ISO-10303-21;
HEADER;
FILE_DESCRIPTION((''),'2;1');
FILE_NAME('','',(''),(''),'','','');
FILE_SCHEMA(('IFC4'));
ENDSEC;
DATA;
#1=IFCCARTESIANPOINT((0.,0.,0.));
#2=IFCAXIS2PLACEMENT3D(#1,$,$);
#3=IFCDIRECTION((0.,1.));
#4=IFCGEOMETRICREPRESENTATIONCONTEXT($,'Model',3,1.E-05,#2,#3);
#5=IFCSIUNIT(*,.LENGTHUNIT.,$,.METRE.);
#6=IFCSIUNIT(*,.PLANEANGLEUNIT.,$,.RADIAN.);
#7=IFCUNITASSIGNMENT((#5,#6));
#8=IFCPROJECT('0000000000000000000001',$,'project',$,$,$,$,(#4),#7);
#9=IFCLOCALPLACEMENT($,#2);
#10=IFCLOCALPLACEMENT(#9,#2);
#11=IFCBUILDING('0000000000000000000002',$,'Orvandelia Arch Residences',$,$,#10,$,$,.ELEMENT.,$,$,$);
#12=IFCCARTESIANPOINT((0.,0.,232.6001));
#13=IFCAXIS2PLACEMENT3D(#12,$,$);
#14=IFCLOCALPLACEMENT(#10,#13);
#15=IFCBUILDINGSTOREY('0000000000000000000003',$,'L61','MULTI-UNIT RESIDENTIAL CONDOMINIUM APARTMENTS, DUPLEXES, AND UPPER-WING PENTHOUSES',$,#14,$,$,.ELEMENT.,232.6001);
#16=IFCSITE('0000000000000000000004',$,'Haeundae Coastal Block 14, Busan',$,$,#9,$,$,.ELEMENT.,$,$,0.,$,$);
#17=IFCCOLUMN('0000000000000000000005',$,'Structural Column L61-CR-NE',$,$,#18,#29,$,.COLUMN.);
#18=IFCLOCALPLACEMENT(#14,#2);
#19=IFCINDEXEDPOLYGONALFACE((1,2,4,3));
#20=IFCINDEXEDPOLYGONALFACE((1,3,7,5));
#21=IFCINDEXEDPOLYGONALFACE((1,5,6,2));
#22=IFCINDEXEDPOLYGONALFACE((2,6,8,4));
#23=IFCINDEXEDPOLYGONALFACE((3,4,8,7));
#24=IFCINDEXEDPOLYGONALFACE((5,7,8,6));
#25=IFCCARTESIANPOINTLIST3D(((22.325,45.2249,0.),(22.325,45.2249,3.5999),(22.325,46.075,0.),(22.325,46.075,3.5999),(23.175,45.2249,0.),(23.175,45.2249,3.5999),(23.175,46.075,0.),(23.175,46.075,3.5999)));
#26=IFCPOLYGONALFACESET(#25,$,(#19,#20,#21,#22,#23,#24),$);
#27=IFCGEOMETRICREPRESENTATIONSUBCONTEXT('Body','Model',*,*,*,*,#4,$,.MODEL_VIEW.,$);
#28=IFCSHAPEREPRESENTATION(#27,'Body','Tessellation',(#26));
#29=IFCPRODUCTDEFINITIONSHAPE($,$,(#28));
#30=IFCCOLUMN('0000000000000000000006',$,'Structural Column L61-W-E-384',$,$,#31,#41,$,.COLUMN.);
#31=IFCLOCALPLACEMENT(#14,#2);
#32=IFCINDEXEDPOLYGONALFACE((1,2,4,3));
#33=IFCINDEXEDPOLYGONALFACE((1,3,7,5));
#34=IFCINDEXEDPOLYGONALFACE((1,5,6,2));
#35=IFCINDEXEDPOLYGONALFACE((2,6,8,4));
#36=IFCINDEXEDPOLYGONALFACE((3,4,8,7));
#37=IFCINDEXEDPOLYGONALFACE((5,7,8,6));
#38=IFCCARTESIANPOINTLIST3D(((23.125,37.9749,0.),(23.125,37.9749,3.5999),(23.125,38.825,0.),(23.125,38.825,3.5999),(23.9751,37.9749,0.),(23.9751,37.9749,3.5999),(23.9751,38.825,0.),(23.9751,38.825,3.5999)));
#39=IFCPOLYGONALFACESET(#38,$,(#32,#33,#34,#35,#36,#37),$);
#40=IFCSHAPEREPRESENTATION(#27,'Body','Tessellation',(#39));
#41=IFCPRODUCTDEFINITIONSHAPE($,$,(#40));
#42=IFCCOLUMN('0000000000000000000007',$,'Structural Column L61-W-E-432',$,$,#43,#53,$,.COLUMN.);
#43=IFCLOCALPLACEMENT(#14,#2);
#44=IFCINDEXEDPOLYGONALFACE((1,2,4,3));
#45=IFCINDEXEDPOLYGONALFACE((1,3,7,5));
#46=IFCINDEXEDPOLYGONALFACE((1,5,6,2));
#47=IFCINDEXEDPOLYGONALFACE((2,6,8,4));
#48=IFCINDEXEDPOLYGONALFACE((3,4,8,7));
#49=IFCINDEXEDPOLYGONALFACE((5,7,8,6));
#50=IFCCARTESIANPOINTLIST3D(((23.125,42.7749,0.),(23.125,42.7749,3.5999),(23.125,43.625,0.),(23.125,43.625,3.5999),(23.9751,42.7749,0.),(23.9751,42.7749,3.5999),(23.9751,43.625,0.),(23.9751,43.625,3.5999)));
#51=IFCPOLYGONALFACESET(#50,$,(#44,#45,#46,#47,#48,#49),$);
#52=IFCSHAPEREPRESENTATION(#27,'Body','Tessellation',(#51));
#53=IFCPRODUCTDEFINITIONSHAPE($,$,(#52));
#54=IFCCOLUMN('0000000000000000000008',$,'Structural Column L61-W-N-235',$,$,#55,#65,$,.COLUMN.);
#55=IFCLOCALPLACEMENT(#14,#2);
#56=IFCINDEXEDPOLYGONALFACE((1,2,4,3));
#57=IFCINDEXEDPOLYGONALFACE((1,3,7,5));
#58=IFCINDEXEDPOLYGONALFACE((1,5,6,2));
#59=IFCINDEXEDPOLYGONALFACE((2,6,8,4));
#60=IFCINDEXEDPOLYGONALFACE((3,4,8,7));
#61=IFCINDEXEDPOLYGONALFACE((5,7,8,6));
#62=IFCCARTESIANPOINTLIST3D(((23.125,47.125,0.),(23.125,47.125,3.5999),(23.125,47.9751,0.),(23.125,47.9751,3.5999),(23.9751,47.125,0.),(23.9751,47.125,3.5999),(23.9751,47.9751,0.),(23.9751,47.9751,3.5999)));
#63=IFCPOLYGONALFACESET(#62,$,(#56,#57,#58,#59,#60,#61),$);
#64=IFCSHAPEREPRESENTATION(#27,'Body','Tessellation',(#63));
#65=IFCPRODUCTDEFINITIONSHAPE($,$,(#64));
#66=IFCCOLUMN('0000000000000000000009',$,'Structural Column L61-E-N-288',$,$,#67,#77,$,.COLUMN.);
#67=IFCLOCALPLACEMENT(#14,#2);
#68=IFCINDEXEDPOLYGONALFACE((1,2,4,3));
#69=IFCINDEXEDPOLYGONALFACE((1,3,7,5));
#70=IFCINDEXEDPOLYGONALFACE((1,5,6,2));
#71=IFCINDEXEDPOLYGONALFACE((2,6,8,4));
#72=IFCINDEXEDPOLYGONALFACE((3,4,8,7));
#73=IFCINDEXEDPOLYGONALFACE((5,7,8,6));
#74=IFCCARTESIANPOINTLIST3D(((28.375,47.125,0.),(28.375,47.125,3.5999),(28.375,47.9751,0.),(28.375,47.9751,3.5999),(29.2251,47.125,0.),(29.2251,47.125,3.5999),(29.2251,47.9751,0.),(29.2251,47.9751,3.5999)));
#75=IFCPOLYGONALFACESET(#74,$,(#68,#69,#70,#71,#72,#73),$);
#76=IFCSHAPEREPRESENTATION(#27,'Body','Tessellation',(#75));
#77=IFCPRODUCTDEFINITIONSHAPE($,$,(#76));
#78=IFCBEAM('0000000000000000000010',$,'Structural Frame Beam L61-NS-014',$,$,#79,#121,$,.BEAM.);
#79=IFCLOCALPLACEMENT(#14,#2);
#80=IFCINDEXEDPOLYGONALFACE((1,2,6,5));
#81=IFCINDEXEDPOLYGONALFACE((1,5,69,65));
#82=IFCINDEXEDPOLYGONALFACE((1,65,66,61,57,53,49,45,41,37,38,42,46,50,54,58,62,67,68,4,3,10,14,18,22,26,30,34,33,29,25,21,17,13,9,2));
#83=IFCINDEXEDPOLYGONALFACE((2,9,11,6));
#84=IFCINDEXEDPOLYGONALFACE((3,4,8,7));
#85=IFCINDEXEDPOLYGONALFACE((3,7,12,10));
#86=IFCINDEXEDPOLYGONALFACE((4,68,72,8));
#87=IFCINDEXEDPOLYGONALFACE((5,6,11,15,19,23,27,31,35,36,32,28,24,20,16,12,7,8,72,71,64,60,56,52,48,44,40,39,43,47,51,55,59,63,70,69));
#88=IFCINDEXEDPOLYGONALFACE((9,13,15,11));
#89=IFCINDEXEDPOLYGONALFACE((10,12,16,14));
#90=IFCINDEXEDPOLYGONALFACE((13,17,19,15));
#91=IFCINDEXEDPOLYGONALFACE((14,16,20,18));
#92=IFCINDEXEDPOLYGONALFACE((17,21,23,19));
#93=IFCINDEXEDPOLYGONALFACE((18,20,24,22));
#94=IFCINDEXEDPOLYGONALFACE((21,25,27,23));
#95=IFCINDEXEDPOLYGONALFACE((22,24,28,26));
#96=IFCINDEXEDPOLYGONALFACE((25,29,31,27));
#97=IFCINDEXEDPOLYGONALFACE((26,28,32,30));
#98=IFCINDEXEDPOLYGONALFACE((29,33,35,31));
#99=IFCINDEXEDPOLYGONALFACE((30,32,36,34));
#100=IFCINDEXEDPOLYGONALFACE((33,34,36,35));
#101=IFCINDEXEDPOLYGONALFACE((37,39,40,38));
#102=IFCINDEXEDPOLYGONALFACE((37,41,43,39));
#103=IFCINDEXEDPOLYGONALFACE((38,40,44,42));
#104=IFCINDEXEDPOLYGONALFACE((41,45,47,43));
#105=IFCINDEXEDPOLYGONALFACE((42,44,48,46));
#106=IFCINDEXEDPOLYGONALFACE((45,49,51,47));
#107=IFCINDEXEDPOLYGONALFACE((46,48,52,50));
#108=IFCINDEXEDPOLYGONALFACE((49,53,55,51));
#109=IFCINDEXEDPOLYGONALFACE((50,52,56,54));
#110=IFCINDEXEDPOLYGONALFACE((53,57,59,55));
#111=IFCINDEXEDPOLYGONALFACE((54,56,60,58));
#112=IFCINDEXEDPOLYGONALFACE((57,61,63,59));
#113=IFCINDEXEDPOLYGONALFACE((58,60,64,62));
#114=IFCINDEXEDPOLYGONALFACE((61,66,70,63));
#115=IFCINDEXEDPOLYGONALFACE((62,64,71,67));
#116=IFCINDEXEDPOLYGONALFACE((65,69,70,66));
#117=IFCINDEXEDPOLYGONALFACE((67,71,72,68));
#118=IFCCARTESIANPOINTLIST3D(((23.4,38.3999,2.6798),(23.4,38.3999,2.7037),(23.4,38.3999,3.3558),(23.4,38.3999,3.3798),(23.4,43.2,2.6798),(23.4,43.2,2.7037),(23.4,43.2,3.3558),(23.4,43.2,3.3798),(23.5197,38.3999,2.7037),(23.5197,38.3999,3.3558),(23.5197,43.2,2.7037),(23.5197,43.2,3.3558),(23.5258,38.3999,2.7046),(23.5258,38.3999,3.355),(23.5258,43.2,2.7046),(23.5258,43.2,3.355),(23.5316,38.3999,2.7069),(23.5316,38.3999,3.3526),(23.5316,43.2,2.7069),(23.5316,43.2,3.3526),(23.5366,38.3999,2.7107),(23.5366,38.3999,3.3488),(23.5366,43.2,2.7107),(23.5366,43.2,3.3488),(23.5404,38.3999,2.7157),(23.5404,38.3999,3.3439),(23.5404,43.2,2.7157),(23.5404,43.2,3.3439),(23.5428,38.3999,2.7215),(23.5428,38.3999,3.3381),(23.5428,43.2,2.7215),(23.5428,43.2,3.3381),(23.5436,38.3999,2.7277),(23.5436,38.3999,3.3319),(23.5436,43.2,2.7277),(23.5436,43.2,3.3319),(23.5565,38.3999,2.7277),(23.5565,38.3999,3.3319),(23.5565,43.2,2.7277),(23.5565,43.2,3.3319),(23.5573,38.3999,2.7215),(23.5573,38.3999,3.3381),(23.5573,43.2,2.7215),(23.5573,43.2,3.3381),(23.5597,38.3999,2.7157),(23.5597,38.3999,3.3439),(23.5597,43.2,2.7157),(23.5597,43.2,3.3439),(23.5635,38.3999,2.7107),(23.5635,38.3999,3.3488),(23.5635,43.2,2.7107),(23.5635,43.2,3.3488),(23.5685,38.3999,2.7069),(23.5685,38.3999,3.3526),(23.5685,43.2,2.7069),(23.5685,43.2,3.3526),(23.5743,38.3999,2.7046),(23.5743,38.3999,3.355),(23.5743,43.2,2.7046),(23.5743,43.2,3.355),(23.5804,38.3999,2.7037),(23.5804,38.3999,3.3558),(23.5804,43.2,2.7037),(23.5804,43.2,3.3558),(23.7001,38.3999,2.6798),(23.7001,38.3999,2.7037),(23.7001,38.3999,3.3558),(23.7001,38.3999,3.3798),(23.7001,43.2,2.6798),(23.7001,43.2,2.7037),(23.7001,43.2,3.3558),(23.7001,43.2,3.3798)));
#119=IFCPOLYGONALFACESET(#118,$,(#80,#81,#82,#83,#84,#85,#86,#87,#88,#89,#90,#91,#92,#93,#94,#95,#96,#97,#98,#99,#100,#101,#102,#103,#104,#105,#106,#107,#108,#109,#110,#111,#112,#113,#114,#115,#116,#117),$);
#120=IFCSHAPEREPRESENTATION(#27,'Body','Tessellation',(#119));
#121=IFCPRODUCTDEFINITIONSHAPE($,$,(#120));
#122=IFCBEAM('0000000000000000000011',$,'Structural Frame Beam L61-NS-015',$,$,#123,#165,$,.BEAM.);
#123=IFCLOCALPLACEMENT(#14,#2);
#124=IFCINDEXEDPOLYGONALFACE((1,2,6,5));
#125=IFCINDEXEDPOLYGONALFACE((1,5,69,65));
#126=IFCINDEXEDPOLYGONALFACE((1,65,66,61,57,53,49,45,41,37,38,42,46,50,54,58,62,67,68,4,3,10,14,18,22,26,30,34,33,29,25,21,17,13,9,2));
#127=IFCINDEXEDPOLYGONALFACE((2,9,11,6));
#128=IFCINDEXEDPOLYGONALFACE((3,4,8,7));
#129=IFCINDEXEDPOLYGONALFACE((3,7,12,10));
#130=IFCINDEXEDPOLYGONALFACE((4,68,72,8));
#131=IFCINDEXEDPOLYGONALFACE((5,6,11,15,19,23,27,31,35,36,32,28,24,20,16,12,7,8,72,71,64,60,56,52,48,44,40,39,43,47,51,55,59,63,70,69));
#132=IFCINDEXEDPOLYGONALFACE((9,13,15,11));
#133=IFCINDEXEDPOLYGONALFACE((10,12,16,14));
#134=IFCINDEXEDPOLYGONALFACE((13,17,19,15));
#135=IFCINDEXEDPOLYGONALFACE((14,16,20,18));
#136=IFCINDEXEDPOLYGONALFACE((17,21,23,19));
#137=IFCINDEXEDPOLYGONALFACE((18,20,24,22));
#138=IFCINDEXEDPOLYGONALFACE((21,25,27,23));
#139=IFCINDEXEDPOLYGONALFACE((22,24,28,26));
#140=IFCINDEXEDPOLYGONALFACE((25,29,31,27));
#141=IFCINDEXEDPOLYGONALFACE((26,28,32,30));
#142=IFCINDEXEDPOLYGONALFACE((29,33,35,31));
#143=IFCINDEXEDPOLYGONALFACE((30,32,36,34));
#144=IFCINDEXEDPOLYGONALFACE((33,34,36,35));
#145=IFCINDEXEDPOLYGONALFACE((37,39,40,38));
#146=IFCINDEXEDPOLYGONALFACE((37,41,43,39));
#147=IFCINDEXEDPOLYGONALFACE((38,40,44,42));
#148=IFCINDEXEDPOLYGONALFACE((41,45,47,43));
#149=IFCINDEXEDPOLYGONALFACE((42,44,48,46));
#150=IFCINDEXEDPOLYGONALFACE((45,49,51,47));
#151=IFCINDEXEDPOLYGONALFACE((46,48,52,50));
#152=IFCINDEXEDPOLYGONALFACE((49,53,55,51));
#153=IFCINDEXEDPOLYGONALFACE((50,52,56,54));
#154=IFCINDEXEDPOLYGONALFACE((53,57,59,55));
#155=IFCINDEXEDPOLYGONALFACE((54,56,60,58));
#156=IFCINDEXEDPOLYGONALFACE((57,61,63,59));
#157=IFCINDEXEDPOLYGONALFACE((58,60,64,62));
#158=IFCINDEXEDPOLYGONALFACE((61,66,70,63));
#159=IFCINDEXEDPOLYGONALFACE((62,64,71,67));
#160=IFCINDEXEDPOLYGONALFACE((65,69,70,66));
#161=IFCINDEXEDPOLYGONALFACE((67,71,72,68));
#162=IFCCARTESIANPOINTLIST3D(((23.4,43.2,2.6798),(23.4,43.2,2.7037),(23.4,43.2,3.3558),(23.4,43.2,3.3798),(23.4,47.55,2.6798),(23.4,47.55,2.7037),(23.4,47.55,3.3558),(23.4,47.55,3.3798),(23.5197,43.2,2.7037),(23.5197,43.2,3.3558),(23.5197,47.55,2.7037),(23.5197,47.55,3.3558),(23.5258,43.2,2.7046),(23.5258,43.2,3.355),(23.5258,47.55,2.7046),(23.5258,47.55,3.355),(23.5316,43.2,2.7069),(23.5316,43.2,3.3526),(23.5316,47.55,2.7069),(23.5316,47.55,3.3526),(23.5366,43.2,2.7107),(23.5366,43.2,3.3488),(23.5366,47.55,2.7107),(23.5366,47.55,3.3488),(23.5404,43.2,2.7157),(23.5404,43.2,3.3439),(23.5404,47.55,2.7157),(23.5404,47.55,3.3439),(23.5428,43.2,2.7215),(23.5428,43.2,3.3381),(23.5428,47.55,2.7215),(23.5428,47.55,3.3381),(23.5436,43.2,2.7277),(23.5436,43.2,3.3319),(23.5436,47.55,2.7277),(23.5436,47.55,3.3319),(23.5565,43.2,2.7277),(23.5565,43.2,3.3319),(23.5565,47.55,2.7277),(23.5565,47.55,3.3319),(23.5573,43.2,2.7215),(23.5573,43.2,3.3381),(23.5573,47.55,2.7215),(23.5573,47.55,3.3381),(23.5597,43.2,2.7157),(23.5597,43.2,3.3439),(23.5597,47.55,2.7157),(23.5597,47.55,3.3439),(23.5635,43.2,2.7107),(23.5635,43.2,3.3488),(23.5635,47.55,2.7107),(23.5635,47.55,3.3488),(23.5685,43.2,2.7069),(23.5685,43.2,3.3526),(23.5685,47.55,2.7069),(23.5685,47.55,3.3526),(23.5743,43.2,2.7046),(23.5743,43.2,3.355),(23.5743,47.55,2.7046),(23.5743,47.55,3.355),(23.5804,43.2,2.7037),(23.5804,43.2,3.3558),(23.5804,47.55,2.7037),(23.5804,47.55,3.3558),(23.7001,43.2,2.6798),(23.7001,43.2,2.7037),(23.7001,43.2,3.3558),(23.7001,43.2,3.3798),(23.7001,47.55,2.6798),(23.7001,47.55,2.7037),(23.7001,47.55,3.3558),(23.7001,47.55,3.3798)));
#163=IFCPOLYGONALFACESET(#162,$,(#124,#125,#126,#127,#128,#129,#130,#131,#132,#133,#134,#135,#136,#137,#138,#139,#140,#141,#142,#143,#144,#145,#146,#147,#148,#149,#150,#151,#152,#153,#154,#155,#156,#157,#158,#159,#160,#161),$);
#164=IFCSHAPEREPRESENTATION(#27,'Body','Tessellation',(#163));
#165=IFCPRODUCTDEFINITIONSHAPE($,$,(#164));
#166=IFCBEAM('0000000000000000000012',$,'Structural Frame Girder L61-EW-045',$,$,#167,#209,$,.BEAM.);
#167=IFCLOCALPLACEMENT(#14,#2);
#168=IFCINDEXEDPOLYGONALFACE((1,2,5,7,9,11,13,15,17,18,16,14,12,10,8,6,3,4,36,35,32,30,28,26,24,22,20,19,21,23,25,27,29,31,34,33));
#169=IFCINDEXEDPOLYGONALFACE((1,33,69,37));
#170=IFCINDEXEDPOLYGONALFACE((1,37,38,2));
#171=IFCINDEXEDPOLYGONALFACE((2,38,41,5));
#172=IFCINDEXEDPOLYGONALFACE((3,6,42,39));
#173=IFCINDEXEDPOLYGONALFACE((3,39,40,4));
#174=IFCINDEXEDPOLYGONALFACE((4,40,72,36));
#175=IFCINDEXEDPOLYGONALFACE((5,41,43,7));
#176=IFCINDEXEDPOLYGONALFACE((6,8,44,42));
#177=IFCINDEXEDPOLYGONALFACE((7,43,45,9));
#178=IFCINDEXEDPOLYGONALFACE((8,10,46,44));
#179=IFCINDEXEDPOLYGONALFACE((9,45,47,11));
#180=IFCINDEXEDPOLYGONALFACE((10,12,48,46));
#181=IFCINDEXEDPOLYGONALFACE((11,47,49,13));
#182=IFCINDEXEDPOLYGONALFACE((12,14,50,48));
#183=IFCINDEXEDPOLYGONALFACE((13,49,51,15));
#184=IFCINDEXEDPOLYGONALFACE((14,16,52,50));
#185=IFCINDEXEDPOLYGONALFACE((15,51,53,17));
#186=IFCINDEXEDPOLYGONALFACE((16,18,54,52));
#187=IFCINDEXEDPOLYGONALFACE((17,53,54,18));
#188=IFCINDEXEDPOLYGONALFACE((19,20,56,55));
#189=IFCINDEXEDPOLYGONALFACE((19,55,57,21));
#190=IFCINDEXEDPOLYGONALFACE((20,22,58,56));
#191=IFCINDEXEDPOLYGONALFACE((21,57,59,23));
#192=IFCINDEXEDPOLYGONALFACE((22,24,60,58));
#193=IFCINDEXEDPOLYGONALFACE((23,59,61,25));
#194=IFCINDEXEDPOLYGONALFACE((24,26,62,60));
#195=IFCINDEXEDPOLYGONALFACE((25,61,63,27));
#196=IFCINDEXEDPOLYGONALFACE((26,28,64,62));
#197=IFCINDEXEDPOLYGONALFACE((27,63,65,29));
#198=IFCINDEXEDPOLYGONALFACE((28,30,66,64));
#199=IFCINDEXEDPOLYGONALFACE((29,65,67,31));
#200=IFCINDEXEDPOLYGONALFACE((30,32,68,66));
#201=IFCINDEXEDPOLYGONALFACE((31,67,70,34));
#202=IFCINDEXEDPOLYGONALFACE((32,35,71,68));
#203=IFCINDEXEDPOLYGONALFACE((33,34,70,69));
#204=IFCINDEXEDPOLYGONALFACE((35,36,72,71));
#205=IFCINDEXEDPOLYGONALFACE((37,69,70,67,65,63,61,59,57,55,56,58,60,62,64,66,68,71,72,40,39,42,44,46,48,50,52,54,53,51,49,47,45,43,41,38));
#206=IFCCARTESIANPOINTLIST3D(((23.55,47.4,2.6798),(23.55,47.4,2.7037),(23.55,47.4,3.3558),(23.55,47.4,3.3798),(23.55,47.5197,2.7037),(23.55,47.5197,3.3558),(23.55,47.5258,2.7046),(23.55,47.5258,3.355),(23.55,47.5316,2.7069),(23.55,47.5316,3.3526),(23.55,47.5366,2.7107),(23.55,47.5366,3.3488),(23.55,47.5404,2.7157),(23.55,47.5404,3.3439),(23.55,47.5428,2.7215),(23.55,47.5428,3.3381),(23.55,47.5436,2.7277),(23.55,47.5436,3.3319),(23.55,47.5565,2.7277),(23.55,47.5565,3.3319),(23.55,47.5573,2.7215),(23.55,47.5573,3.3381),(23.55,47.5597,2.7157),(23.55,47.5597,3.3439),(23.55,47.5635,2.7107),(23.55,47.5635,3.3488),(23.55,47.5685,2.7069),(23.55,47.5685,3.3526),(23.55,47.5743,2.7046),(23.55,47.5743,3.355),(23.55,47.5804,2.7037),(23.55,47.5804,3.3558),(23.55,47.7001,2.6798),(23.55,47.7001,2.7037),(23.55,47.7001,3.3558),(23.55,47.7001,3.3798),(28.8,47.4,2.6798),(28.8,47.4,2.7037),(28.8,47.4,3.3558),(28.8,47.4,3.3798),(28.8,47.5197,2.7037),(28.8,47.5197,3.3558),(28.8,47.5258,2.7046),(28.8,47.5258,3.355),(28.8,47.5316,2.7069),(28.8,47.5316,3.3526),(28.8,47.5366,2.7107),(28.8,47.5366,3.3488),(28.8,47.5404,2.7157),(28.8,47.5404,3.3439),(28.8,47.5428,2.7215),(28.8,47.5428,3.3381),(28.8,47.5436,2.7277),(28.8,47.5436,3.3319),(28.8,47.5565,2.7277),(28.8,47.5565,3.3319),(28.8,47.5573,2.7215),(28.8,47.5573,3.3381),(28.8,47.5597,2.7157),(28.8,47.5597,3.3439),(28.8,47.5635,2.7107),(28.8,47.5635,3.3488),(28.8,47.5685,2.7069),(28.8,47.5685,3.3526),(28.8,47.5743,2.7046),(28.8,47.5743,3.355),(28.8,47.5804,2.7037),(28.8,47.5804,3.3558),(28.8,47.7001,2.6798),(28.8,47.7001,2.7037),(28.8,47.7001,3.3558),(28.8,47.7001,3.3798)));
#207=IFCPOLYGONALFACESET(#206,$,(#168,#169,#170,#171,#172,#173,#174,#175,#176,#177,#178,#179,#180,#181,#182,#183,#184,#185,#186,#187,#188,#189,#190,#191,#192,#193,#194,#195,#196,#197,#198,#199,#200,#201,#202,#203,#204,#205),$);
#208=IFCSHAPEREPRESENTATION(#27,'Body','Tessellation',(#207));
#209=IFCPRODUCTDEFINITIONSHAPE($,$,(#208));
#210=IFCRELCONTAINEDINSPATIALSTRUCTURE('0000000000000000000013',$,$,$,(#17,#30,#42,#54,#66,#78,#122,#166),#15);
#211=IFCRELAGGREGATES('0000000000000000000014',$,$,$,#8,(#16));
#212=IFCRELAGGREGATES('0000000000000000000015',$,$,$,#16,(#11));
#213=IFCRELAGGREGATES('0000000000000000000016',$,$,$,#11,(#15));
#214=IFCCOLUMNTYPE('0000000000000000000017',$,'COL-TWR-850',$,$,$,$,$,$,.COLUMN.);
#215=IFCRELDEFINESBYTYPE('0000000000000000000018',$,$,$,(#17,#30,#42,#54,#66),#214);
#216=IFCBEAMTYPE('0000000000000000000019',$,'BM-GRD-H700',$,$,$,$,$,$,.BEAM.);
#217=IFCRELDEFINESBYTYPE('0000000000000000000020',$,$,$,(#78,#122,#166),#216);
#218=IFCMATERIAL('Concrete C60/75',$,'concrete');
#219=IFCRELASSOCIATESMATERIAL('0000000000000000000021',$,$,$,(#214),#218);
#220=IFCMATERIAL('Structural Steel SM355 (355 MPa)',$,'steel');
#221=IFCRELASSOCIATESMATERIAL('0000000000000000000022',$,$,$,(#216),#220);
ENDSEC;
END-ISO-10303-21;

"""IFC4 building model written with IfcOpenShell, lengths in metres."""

from ifc_helpers import new_model, si_unit, direction, frame, origin, origin_2d, place, context, subcontext, project, spatial, rectangle, i_section, extrude, material, material_profile, profile_set, type_object, element, save


model = new_model("IFC4")

# Units and contexts
model_context = context("Model", 3, precision=1e-05, world=origin(), true_north=direction((0.0, 1.0)))
body_context = subcontext(model_context, "Body", "Model", "MODEL_VIEW")
ifc_project = project(units=[si_unit("LENGTHUNIT", "METRE"), si_unit("PLANEANGLEUNIT", "RADIAN")], contexts=[model_context])

# Site, building, storey
site_placement = place(None, origin())
site = spatial("IfcSite", under=ifc_project, at=site_placement, Name="Haeundae Coastal Block 14, Busan", CompositionType="ELEMENT", RefElevation=0.0)
building_placement = place(site_placement, origin())
building = spatial("IfcBuilding", under=site, at=building_placement, Name="Orvandelia Arch Residences", CompositionType="ELEMENT")
storey_placement = place(building_placement, frame((0.0, 0.0, 232.6001)))
storey = spatial("IfcBuildingStorey", under=building, at=storey_placement, Name="L61", Description="MULTI-UNIT RESIDENTIAL CONDOMINIUM APARTMENTS, DUPLEXES, AND UPPER-WING PENTHOUSES", CompositionType="ELEMENT", Elevation=232.6001)

# Columns
ifc_material_1 = material(Name="Concrete C60/75", Category="concrete")
ifc_material_profile_1 = material_profile(ifc_material_1, rectangle(XDim=0.8501, YDim=0.8501, at=origin_2d()), Name="Concrete C60/75", Category="concrete")
ifc_profile_set_1 = profile_set([ifc_material_profile_1], Name="Concrete C60/75")
column_type = type_object("IfcColumnType", Name="COL-TWR-850", PredefinedType="COLUMN", material=ifc_profile_set_1)
for number, where, z_axis, x_axis, name in (
    (1, (22.75, 45.6499, 0.0), (0.0, 0.0, 1.0), (1.0, 0.0, 0.0), "Structural Column L61-CR-NE"),
    (2, (23.55, 38.3999, 0.0), (0.0, 0.0, 1.0), (1.0, 0.0, 0.0), "Structural Column L61-W-E-384"),
    (3, (23.55, 43.2, 0.0), (0.0, 0.0, 1.0), (1.0, 0.0, 0.0), "Structural Column L61-W-E-432"),
    (4, (23.55, 47.55, 0.0), (0.0, 0.0, 1.0), (1.0, 0.0, 0.0), "Structural Column L61-W-N-235"),
    (5, (28.8, 47.55, 0.0), (0.0, 0.0, 1.0), (1.0, 0.0, 0.0), "Structural Column L61-E-N-288"),
):
    element("IfcColumn", number, at=place(storey_placement, frame(where, z_axis=z_axis, x_axis=x_axis)), inside=storey, type_object=column_type, Name=name, PredefinedType="COLUMN", context=body_context, shape_type="SweptSolid", body=[
        extrude(rectangle(XDim=0.8501, YDim=0.8501, at=origin_2d()), origin(), (0.0, 0.0, 1.0), 3.5999),
    ])

# Beams
ifc_material_2 = material(Name="Structural Steel SM355 (355 MPa)", Category="steel")
ifc_material_profile_2 = material_profile(ifc_material_2, i_section(OverallWidth=0.3, OverallDepth=0.7, WebThickness=0.0129, FlangeThickness=0.0239, FilletRadius=0.0239, at=origin_2d()), Name="Structural Steel SM355 (355 MPa)", Category="steel")
ifc_profile_set_2 = profile_set([ifc_material_profile_2], Name="Structural Steel SM355 (355 MPa)")
beam_type = type_object("IfcBeamType", Name="BM-GRD-H700", PredefinedType="BEAM", material=ifc_profile_set_2)
beam_1_placement = place(storey_placement, frame((23.55, 38.3999, 3.0298), z_axis=(0.0, 1.0, 0.0), x_axis=(-1.0, 0.0, 0.0)))
element("IfcBeam", 6, at=beam_1_placement, inside=storey, type_object=beam_type, Name="Structural Frame Beam L61-NS-014", PredefinedType="BEAM", context=body_context, shape_type="SweptSolid", body=[
    extrude(i_section(OverallWidth=0.3, OverallDepth=0.7, WebThickness=0.0129, FlangeThickness=0.0239, FilletRadius=0.0239, at=origin_2d()), origin(), (0.0, 0.0, 1.0), 4.8),
])
beam_2_placement = place(storey_placement, frame((23.55, 43.2, 3.0298), z_axis=(0.0, 1.0, 0.0), x_axis=(-1.0, 0.0, 0.0)))
element("IfcBeam", 7, at=beam_2_placement, inside=storey, type_object=beam_type, Name="Structural Frame Beam L61-NS-015", PredefinedType="BEAM", context=body_context, shape_type="SweptSolid", body=[
    extrude(i_section(OverallWidth=0.3, OverallDepth=0.7, WebThickness=0.0129, FlangeThickness=0.0239, FilletRadius=0.0239, at=origin_2d()), origin(), (0.0, 0.0, 1.0), 4.3501),
])
beam_3_placement = place(storey_placement, frame((23.55, 47.55, 3.0298), z_axis=(1.0, 0.0, 0.0), x_axis=(0.0, 1.0, 0.0)))
element("IfcBeam", 8, at=beam_3_placement, inside=storey, type_object=beam_type, Name="Structural Frame Girder L61-EW-045", PredefinedType="BEAM", context=body_context, shape_type="SweptSolid", body=[
    extrude(i_section(OverallWidth=0.3, OverallDepth=0.7, WebThickness=0.0129, FlangeThickness=0.0239, FilletRadius=0.0239, at=origin_2d()), origin(), (0.0, 0.0, 1.0), 5.25),
])

save(model, "model.ifc")
